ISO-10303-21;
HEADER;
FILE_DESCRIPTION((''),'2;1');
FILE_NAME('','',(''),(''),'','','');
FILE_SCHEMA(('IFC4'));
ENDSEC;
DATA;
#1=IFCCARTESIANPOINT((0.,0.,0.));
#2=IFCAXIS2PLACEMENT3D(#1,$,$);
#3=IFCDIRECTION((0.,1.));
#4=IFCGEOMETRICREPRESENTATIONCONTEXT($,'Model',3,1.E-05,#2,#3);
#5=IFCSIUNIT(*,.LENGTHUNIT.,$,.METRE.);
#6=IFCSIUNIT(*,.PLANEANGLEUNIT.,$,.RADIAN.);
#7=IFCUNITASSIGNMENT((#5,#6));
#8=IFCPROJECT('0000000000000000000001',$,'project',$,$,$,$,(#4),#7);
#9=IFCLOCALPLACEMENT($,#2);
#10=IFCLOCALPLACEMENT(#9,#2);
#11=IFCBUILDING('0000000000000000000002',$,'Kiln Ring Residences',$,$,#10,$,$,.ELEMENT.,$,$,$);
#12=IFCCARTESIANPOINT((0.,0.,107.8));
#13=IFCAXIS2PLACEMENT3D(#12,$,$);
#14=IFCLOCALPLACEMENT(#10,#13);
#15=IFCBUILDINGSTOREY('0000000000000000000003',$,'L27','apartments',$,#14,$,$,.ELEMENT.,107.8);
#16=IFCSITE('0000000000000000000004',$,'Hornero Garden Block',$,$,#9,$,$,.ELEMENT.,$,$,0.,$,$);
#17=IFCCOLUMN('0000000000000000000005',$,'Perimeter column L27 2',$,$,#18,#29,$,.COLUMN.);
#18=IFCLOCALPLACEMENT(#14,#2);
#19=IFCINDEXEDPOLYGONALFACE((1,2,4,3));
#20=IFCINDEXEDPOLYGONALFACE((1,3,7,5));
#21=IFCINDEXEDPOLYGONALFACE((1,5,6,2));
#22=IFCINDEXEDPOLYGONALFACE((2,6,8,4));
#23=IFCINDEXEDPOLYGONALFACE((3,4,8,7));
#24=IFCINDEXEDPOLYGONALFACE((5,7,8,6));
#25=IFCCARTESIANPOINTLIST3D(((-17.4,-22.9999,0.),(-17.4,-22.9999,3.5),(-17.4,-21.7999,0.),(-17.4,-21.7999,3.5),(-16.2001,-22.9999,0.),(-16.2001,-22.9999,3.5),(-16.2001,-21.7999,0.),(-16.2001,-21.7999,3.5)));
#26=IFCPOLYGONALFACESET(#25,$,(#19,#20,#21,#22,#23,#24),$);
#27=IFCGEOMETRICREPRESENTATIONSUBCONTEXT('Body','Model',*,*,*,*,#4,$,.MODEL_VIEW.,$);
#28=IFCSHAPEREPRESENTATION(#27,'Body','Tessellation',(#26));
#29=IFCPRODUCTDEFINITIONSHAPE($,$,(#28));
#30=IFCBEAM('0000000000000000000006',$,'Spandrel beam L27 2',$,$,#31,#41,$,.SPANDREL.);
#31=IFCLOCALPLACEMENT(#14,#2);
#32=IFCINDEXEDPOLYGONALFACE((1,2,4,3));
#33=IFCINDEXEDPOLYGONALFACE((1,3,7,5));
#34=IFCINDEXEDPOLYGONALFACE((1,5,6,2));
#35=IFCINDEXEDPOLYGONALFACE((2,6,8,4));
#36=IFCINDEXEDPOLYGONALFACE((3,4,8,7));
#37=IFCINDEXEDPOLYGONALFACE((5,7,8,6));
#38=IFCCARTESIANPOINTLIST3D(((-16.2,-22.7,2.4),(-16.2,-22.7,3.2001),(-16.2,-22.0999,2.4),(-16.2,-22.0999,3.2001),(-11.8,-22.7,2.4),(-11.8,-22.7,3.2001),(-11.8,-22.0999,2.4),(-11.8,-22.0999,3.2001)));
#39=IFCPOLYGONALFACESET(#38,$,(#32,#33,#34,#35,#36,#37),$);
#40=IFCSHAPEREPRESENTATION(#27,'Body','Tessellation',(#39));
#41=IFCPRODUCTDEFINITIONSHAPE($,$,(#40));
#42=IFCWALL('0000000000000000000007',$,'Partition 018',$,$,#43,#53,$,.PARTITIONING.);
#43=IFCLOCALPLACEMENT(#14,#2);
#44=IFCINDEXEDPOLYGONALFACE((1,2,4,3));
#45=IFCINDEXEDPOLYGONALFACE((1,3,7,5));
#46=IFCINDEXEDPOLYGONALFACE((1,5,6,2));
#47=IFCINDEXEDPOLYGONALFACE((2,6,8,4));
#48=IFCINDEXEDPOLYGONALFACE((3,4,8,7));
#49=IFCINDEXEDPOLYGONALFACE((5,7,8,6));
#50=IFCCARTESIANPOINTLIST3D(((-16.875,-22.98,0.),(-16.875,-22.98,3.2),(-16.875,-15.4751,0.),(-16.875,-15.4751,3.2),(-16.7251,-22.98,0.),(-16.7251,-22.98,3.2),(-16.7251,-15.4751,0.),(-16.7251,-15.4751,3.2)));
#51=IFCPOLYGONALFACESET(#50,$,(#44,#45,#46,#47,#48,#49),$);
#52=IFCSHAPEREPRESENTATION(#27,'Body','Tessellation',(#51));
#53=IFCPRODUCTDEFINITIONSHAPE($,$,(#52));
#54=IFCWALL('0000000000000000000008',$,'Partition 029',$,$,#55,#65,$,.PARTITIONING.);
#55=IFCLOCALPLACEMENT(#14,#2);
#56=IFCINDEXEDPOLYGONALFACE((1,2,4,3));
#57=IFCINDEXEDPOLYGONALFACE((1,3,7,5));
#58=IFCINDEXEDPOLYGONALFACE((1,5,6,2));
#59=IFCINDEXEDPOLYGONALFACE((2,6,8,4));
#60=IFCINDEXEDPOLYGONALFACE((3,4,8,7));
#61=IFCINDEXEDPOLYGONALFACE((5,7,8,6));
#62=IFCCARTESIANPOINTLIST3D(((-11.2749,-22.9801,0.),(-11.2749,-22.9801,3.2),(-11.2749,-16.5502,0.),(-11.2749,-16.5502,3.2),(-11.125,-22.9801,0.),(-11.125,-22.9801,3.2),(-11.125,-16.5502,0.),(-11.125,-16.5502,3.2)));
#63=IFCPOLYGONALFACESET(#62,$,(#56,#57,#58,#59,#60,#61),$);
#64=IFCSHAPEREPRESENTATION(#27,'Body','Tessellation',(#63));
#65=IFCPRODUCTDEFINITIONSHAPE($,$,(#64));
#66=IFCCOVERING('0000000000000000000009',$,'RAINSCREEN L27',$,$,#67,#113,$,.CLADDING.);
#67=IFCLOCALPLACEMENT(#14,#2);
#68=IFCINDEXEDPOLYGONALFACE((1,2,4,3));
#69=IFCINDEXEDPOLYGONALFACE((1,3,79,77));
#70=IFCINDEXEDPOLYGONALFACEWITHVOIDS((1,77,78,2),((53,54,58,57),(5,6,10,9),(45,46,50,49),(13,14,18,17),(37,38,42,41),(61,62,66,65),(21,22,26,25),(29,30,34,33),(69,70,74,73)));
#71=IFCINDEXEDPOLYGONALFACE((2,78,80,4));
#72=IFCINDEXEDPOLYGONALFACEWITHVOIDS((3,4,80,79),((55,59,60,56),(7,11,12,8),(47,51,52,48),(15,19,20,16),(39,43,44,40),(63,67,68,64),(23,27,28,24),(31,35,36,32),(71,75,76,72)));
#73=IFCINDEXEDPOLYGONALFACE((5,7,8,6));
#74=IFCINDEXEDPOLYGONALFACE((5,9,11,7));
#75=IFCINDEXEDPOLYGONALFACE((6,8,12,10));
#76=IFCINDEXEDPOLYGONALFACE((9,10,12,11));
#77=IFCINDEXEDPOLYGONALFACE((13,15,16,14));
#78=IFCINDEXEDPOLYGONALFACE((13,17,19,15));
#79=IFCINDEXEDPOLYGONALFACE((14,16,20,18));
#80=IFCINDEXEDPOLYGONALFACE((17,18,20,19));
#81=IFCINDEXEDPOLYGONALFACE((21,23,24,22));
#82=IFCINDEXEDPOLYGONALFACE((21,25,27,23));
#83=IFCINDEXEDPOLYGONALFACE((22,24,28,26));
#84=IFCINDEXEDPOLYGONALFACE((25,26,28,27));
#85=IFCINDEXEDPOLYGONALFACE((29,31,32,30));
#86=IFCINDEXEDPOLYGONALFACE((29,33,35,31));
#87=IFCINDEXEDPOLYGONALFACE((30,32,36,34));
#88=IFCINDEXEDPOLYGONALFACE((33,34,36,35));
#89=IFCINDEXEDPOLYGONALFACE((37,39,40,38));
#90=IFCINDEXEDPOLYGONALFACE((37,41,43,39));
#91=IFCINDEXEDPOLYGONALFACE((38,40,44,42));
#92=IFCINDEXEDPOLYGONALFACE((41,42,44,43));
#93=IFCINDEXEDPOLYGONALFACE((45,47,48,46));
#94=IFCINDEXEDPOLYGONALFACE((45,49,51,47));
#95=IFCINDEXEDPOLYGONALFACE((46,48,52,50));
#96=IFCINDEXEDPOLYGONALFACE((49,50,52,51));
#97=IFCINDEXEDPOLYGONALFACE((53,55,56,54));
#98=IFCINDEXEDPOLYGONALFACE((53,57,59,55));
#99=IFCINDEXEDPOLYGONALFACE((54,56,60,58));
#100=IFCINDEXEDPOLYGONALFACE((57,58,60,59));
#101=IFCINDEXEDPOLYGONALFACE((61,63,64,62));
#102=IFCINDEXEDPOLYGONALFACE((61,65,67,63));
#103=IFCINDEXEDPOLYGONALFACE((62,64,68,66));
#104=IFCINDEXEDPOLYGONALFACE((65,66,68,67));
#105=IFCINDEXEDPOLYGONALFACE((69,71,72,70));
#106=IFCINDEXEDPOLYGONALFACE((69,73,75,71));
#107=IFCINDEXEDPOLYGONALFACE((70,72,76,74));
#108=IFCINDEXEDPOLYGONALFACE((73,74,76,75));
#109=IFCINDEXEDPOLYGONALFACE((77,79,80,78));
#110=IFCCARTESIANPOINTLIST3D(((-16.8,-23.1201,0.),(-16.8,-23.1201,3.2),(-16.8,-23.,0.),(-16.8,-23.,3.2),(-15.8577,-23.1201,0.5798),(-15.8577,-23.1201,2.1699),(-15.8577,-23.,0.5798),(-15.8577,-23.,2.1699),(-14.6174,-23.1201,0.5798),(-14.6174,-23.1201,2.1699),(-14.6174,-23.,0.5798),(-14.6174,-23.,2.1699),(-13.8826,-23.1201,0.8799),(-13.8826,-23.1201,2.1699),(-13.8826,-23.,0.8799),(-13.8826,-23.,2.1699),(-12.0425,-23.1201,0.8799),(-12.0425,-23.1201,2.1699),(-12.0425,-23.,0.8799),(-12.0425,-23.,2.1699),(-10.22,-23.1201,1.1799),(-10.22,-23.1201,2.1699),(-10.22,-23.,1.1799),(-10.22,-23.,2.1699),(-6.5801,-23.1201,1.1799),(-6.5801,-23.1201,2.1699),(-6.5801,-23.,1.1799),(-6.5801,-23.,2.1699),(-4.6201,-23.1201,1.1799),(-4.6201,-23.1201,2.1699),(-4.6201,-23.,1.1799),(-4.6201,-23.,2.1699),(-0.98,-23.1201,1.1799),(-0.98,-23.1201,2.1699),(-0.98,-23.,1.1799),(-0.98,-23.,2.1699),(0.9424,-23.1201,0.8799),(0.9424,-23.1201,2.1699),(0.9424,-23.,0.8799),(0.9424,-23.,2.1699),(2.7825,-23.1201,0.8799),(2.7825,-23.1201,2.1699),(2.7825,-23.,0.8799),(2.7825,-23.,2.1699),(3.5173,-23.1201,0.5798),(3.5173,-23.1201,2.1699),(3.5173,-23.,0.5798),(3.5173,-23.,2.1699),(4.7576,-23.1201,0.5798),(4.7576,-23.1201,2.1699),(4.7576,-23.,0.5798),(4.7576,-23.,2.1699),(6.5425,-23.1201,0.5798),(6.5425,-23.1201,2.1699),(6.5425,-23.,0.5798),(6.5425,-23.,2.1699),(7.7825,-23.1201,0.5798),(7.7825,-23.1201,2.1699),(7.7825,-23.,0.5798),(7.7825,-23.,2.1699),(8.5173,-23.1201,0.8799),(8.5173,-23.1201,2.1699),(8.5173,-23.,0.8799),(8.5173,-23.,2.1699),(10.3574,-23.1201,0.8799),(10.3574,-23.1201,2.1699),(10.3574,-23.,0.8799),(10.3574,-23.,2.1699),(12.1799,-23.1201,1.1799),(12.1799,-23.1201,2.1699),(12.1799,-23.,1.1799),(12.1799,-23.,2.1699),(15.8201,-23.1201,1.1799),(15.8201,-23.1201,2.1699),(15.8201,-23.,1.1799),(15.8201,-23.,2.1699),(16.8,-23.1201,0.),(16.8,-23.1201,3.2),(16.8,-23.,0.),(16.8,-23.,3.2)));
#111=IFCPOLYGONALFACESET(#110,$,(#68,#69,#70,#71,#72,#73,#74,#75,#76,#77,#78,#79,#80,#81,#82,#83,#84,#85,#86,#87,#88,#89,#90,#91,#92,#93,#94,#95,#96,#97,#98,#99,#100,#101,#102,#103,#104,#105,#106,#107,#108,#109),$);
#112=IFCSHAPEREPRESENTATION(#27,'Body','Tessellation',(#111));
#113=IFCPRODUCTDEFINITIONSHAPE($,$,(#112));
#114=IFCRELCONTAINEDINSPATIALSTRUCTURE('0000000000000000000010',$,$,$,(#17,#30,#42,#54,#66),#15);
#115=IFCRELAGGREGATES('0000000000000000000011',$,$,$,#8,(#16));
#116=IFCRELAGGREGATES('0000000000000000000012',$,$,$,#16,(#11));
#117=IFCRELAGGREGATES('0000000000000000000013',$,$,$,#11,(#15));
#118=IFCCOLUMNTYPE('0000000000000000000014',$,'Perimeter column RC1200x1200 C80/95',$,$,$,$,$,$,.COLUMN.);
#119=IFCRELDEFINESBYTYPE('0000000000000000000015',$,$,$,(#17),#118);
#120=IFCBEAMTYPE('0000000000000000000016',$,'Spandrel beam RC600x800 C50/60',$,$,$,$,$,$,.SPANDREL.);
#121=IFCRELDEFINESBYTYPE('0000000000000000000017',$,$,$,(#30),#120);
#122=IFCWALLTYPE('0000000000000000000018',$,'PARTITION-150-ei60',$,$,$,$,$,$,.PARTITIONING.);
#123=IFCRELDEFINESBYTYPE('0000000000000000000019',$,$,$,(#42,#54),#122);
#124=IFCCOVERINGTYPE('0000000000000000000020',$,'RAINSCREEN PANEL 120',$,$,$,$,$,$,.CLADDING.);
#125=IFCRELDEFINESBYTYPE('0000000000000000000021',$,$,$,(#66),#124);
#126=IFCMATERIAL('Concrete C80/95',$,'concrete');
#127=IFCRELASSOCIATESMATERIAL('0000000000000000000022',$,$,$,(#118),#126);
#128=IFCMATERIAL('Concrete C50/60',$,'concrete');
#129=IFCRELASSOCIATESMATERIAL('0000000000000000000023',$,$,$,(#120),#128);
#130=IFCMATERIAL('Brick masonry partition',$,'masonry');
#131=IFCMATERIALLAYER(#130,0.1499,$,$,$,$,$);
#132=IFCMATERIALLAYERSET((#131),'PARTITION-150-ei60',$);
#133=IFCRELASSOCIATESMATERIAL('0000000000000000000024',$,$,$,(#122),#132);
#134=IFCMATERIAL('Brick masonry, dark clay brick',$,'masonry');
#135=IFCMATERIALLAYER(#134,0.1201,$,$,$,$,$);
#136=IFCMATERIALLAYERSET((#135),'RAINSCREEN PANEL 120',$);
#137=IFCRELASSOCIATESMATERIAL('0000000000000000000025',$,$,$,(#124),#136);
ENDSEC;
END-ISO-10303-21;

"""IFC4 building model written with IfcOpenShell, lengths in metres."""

from ifc_helpers import new_model, si_unit, direction, frame, frame_2d, origin, origin_2d, place, context, subcontext, project, spatial, polyline, rectangle, outline, extrude, material, layer, layer_set, material_profile, profile_set, type_object, element, save


model = new_model("IFC4")

# Units and contexts
model_context = context("Model", 3, precision=1e-05, world=origin(), true_north=direction((0.0, 1.0)))
body_context = subcontext(model_context, "Body", "Model", "MODEL_VIEW")
ifc_project = project(units=[si_unit("LENGTHUNIT", "METRE"), si_unit("PLANEANGLEUNIT", "RADIAN")], contexts=[model_context])

# Site, building, storey
site_placement = place(None, origin())
site = spatial("IfcSite", under=ifc_project, at=site_placement, Name="Hornero Garden Block", CompositionType="ELEMENT", RefElevation=0.0)
building_placement = place(site_placement, origin())
building = spatial("IfcBuilding", under=site, at=building_placement, Name="Kiln Ring Residences", CompositionType="ELEMENT")
storey_placement = place(building_placement, frame((0.0, 0.0, 107.8)))
storey = spatial("IfcBuildingStorey", under=building, at=storey_placement, Name="L27", Description="apartments", CompositionType="ELEMENT", Elevation=107.8)

# Column
ifc_material_1 = material(Name="Concrete C80/95", Category="concrete")
ifc_material_profile_1 = material_profile(ifc_material_1, rectangle(XDim=1.2, YDim=1.2, at=origin_2d()), Name="RC1200x1200")
ifc_profile_set_1 = profile_set([ifc_material_profile_1], Name="Concrete C80/95")
column_type = type_object("IfcColumnType", Name="Perimeter column RC1200x1200 C80/95", PredefinedType="COLUMN", material=ifc_profile_set_1)
column_placement = place(storey_placement, frame((-16.8, -22.3999, 0.0), z_axis=(0.0, 0.0, 1.0), x_axis=(1.0, 0.0, 0.0)))
element("IfcColumn", 1, at=column_placement, inside=storey, type_object=column_type, Name="Perimeter column L27 2", PredefinedType="COLUMN", context=body_context, shape_type="SweptSolid", body=[
    extrude(rectangle(XDim=1.2, YDim=1.2, at=origin_2d()), origin(), (0.0, 0.0, 1.0), 3.5),
])

# Beam
ifc_material_2 = material(Name="Concrete C50/60", Category="concrete")
ifc_material_profile_2 = material_profile(ifc_material_2, rectangle(XDim=0.6001, YDim=0.8, at=origin_2d()), Name="RC600x800")
ifc_profile_set_2 = profile_set([ifc_material_profile_2], Name="Concrete C50/60")
beam_type = type_object("IfcBeamType", Name="Spandrel beam RC600x800 C50/60", PredefinedType="SPANDREL", material=ifc_profile_set_2)
beam_placement = place(storey_placement, frame((-16.2, -22.3999, 2.8), z_axis=(1.0, 0.0, 0.0), x_axis=(0.0, 1.0, 0.0)))
element("IfcBeam", 2, at=beam_placement, inside=storey, type_object=beam_type, Name="Spandrel beam L27 2", PredefinedType="SPANDREL", context=body_context, shape_type="SweptSolid", body=[
    extrude(rectangle(XDim=0.6001, YDim=0.8, at=origin_2d()), origin(), (0.0, 0.0, 1.0), 4.3999),
])

# Walls
ifc_material_3 = material(Name="Brick masonry partition", Category="masonry")
ifc_layer_1 = layer(ifc_material_3, 0.1499)
ifc_layer_set_1 = layer_set([ifc_layer_1], Name="PARTITION-150-ei60")
wall_type = type_object("IfcWallType", Name="PARTITION-150-ei60", PredefinedType="PARTITIONING", material=ifc_layer_set_1)
wall_1_placement = place(storey_placement, frame((-16.8, -22.98, 0.0), z_axis=(0.0, 0.0, 1.0), x_axis=(0.0, 1.0, 0.0)))
element("IfcWall", 3, at=wall_1_placement, inside=storey, type_object=wall_type, Name="Partition 018", PredefinedType="PARTITIONING", context=body_context, shape_type="SweptSolid", body=[
    extrude(rectangle(XDim=7.5049, YDim=0.1499, at=frame_2d((3.7524, 0.0))), origin(), (0.0, 0.0, 1.0), 3.2),
])
wall_2_placement = place(storey_placement, frame((-11.2, -22.98, 0.0), z_axis=(0.0, 0.0, 1.0), x_axis=(0.0, 1.0, 0.0)))
element("IfcWall", 4, at=wall_2_placement, inside=storey, type_object=wall_type, Name="Partition 029", PredefinedType="PARTITIONING", context=body_context, shape_type="SweptSolid", body=[
    extrude(rectangle(XDim=6.4299, YDim=0.1499, at=frame_2d((3.2148, 0.0))), origin(), (0.0, 0.0, 1.0), 3.2),
])

# Covering
ifc_material_4 = material(Name="Brick masonry, dark clay brick", Category="masonry")
ifc_layer_2 = layer(ifc_material_4, 0.1201)
ifc_layer_set_2 = layer_set([ifc_layer_2], Name="RAINSCREEN PANEL 120")
covering_type = type_object("IfcCoveringType", Name="RAINSCREEN PANEL 120", PredefinedType="CLADDING", material=ifc_layer_set_2)
covering_placement = place(storey_placement, frame((-16.8, -23.0601, 0.0), z_axis=(0.0, 0.0, 1.0), x_axis=(1.0, 0.0, 0.0)))
element("IfcCovering", 5, at=covering_placement, inside=storey, type_object=covering_type, Name="RAINSCREEN L27", PredefinedType="CLADDING", context=body_context, shape_type="SweptSolid", body=[
    extrude(outline(polyline([(0.0, 0.0), (33.6001, 0.0), (33.6001, 3.2), (0.0, 3.2), (0.0, 0.0)]), holes=[polyline([(0.9424, 0.5798), (2.1826, 0.5798), (2.1826, 2.1699), (0.9424, 2.1699), (0.9424, 0.5798)]), polyline([(20.3174, 0.5798), (21.5576, 0.5798), (21.5576, 2.1699), (20.3174, 2.1699), (20.3174, 0.5798)]), polyline([(23.3425, 0.5798), (24.5825, 0.5798), (24.5825, 2.1699), (23.3425, 2.1699), (23.3425, 0.5798)]), polyline([(2.9175, 0.8799), (4.7576, 0.8799), (4.7576, 2.1699), (2.9175, 2.1699), (2.9175, 0.8799)]), polyline([(17.7424, 0.8799), (19.5825, 0.8799), (19.5825, 2.1699), (17.7424, 2.1699), (17.7424, 0.8799)]), polyline([(25.3174, 0.8799), (27.1575, 0.8799), (27.1575, 2.1699), (25.3174, 2.1699), (25.3174, 0.8799)]), polyline([(6.5801, 1.1799), (10.22, 1.1799), (10.22, 2.1699), (6.5801, 2.1699), (6.5801, 1.1799)]), polyline([(12.1799, 2.1699), (12.1799, 1.1799), (15.8201, 1.1799), (15.8201, 2.1699), (12.1799, 2.1699)]), polyline([(28.98, 2.1699), (28.98, 1.1799), (32.6201, 1.1799), (32.6201, 2.1699), (28.98, 2.1699)])]), frame((0.0, 0.0601, 0.0), z_axis=(0.0, -1.0, 0.0), x_axis=(1.0, 0.0, 0.0)), (0.0, 0.0, 1.0), 0.1201),
])

save(model, "model.ifc")
